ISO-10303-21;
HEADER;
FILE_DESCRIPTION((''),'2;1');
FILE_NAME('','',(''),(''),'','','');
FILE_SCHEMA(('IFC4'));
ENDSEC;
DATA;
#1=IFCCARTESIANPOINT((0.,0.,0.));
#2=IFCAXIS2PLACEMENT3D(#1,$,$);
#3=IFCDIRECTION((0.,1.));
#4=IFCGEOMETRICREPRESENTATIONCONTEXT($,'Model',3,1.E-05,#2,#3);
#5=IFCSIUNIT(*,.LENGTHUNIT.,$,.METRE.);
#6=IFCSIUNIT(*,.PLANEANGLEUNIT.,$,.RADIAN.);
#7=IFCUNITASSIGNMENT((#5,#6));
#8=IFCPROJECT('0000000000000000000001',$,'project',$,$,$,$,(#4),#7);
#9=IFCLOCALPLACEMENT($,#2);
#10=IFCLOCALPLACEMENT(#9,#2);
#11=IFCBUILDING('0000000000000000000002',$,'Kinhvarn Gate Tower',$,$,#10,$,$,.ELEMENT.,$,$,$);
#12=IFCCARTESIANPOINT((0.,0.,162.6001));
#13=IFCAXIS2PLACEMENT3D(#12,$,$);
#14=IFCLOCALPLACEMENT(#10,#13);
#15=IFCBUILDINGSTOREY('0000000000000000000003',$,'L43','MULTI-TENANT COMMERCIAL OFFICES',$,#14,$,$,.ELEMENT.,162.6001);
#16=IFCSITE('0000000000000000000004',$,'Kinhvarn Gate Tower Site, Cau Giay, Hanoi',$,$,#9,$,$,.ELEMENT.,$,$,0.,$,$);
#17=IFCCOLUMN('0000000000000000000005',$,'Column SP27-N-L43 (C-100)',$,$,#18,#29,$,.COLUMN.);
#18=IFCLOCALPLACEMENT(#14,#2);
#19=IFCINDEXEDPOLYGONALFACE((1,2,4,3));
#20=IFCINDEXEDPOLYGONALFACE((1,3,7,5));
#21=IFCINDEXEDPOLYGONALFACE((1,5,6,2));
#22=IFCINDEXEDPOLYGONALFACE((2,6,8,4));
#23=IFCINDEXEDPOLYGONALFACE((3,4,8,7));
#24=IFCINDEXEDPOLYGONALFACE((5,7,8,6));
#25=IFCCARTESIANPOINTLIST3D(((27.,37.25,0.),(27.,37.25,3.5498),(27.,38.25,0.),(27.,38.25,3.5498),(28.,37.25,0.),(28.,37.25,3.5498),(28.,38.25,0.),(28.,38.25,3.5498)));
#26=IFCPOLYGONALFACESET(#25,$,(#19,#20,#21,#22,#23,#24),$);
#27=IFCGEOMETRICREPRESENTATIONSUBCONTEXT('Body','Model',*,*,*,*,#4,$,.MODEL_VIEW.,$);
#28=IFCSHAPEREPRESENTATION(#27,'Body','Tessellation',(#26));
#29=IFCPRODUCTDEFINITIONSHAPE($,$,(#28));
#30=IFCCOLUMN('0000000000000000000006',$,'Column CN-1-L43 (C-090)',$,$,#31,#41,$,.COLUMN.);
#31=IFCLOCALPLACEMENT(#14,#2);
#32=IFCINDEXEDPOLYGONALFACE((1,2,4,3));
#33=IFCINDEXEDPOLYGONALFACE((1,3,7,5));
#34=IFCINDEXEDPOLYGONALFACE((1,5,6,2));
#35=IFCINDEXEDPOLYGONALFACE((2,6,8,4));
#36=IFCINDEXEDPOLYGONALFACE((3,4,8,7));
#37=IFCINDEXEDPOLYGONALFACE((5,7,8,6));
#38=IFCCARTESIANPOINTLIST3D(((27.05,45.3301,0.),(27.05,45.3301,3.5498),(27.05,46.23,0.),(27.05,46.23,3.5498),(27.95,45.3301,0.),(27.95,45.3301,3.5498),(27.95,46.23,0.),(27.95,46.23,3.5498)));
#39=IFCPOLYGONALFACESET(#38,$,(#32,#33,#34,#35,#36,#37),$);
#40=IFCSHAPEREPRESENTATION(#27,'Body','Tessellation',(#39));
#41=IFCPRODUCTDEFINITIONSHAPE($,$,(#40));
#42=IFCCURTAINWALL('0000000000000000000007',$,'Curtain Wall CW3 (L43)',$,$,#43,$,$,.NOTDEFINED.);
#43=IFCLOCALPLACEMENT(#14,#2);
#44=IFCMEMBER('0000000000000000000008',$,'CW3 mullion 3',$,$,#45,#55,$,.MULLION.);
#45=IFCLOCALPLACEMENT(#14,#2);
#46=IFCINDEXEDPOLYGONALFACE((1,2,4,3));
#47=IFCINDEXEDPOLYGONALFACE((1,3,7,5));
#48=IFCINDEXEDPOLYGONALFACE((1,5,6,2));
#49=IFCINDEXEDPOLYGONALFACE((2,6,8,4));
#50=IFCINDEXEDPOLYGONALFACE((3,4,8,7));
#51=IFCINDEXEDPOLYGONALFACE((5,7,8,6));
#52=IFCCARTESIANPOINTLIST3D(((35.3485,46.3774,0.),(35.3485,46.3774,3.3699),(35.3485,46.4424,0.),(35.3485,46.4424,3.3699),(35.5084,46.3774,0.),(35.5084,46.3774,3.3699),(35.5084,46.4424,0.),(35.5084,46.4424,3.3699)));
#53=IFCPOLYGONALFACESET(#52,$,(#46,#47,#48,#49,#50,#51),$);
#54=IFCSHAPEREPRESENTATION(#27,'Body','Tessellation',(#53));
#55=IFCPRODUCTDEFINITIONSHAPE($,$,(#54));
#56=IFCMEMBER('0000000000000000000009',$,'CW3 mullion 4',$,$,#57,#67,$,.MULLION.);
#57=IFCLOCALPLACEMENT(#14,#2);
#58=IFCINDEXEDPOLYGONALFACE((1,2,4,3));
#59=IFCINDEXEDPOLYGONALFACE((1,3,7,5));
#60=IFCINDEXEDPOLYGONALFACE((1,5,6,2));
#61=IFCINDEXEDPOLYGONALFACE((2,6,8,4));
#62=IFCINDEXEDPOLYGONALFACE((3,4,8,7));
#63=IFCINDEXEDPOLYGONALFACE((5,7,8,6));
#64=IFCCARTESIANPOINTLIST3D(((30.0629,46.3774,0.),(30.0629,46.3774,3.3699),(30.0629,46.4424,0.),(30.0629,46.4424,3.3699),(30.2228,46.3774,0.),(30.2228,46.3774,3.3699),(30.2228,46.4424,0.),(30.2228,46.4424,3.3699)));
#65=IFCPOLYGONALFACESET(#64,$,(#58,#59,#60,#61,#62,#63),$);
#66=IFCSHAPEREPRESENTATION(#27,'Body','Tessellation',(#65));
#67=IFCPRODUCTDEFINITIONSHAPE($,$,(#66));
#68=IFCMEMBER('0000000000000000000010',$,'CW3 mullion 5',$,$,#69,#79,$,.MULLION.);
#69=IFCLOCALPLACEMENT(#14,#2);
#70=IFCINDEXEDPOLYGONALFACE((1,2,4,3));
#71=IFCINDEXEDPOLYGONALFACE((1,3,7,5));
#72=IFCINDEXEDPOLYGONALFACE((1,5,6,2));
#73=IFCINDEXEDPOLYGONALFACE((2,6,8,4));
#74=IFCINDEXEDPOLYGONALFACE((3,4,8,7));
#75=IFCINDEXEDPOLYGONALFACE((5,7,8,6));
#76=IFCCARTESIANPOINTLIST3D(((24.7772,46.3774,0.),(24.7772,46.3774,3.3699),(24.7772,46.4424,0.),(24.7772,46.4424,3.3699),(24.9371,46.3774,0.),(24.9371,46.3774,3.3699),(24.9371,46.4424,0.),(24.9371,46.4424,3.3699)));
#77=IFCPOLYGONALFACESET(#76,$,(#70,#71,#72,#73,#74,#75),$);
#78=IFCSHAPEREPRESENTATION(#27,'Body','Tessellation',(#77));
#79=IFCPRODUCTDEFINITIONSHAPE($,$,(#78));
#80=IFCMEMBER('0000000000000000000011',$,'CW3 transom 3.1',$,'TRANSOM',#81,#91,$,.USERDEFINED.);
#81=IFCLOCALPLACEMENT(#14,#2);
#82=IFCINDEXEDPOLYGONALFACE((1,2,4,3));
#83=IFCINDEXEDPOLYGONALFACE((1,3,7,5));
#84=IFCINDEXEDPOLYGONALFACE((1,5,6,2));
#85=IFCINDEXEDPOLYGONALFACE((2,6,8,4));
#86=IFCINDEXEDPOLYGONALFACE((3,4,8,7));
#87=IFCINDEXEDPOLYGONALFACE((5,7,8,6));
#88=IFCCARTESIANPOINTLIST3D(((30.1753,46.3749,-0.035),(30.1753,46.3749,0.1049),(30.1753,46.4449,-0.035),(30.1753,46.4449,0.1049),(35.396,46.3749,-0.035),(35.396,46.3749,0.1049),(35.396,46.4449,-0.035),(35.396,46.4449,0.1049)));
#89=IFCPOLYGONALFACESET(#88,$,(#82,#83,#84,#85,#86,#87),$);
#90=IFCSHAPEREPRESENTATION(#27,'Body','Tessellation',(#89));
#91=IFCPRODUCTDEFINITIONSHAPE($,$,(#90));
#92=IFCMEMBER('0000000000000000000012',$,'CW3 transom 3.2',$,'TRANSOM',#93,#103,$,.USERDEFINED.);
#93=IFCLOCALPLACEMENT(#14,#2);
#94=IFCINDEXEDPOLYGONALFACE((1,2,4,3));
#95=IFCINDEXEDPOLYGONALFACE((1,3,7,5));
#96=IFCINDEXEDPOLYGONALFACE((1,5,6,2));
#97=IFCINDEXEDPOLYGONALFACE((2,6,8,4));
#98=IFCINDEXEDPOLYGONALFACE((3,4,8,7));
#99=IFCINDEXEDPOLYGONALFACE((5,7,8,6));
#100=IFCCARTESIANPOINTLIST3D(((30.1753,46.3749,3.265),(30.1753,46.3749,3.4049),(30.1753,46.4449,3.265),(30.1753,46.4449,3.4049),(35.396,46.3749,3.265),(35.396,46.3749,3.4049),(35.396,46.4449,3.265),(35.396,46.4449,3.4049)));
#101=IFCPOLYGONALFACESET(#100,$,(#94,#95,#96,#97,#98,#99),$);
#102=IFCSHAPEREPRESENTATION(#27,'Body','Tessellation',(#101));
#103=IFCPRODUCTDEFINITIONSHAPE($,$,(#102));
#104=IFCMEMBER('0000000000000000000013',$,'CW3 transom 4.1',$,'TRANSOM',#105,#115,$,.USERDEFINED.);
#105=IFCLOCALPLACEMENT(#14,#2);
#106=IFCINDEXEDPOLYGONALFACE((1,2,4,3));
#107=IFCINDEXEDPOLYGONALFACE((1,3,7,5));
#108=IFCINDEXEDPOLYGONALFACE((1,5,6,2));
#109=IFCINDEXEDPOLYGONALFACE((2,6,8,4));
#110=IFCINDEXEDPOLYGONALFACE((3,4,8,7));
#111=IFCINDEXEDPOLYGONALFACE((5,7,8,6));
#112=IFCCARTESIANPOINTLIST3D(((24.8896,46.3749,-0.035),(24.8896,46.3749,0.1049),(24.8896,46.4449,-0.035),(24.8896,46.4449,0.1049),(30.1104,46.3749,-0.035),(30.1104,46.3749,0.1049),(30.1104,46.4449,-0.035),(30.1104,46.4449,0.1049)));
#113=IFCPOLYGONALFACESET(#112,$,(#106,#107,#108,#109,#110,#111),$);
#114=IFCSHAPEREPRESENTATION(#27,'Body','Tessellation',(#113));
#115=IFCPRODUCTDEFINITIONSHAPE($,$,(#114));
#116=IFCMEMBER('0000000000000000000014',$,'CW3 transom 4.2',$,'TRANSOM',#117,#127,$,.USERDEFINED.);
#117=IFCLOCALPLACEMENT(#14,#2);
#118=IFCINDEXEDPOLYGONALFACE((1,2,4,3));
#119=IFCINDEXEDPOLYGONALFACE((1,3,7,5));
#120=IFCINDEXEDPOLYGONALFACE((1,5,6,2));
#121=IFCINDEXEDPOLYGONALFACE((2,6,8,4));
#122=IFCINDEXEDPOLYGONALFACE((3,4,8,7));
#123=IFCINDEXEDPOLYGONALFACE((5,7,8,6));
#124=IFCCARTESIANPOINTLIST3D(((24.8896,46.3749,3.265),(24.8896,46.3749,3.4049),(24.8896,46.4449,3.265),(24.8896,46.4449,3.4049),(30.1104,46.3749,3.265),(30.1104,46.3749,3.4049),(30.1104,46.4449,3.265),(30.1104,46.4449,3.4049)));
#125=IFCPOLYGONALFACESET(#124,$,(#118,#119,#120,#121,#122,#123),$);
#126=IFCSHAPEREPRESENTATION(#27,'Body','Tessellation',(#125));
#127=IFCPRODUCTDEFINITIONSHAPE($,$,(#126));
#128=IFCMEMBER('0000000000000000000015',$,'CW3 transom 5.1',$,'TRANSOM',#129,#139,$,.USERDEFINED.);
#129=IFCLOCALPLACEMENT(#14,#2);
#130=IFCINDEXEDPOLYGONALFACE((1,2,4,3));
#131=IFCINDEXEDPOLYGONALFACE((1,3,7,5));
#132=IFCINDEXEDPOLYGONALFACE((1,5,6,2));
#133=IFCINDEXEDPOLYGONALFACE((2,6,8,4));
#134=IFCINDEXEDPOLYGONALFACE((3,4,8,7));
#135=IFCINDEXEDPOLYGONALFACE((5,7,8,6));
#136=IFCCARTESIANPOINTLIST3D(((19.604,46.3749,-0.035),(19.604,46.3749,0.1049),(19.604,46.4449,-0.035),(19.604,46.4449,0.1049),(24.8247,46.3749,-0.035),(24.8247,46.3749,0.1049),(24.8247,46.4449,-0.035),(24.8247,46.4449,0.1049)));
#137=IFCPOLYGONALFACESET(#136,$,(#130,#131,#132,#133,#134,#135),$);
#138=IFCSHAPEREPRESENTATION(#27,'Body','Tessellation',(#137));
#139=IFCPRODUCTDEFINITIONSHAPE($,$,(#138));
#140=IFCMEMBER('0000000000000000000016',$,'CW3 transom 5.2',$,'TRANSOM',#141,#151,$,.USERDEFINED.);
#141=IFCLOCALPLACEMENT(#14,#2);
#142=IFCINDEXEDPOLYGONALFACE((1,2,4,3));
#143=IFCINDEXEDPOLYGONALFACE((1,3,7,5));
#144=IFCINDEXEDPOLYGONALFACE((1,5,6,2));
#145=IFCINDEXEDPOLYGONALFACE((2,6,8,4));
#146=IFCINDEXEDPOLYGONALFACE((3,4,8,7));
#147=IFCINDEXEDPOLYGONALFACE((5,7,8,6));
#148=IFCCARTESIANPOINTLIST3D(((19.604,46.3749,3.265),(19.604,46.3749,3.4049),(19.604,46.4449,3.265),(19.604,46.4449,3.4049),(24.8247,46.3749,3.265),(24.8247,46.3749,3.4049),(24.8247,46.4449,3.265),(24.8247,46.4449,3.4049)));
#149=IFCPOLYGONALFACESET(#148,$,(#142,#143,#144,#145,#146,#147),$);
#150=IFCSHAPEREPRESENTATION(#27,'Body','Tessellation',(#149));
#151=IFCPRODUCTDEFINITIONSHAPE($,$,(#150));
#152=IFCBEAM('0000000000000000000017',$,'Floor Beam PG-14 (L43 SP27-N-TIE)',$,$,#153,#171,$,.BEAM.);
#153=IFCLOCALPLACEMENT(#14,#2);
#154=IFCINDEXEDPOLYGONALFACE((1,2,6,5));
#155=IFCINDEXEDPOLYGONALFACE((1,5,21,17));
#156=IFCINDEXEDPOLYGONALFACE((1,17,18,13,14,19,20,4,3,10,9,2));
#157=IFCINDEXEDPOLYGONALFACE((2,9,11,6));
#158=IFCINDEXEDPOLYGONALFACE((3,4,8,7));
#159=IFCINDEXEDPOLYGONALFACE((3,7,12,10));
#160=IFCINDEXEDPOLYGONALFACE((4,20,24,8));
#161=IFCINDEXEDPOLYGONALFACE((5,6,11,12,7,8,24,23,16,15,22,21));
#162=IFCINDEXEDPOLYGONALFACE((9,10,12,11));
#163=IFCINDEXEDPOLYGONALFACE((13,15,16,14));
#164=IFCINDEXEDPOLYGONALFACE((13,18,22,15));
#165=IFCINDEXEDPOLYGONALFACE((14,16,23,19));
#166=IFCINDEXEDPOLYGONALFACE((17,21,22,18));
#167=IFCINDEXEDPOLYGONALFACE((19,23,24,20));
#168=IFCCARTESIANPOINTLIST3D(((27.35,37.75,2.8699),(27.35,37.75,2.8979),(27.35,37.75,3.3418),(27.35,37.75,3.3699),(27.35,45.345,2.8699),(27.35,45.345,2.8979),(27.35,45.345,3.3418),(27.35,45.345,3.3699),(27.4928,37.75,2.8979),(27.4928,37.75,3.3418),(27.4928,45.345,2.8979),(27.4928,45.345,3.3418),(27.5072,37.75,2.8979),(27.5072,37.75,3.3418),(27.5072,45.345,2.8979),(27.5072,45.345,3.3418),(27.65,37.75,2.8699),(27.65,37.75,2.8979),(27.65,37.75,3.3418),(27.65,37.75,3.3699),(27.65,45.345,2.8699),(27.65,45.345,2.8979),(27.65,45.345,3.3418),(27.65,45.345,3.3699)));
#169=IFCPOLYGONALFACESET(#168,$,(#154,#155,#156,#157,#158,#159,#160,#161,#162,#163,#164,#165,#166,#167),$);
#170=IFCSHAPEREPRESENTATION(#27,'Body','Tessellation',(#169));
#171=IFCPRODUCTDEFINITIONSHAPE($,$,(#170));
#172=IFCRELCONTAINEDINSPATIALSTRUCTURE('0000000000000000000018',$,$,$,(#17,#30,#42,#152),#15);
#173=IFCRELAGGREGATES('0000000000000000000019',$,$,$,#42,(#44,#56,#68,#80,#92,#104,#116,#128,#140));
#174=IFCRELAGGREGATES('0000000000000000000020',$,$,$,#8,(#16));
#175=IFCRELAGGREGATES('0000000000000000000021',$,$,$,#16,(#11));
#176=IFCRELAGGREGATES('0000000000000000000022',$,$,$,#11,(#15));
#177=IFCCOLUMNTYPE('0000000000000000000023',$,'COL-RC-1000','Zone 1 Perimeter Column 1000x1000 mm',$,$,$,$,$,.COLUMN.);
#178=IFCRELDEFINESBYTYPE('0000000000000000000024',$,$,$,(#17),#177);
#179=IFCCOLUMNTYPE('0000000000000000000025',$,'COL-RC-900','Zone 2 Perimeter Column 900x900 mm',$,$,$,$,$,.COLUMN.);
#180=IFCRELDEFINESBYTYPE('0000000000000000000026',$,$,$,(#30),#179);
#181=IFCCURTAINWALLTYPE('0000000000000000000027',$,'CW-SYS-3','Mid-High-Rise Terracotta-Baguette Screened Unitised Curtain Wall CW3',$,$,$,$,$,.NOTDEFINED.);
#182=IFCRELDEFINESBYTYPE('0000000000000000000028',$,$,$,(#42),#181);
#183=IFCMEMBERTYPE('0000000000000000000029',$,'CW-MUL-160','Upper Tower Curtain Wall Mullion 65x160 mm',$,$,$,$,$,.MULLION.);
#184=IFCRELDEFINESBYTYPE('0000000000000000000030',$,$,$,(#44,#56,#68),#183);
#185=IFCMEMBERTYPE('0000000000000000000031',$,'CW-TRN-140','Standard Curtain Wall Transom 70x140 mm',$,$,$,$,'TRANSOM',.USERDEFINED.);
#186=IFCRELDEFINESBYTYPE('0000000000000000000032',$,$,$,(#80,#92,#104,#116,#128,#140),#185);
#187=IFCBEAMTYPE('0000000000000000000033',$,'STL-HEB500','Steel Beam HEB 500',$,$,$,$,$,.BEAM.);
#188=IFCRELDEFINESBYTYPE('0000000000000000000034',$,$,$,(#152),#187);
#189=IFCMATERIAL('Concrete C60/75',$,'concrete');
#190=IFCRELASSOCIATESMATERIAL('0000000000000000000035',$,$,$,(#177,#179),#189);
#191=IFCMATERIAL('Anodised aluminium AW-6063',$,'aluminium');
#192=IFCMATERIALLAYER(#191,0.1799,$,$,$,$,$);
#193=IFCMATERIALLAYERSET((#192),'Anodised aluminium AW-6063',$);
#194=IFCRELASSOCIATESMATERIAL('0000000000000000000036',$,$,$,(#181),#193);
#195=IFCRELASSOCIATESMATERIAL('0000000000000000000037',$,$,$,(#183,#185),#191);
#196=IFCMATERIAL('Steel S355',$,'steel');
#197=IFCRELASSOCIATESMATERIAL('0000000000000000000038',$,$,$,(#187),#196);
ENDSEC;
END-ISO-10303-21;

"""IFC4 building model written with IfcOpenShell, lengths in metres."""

from ifc_helpers import new_model, si_unit, direction, frame, origin, origin_2d, place, context, subcontext, project, spatial, rectangle, i_section, extrude, material, layer, layer_set, material_profile, profile_set, type_object, element, aggregate, save


model = new_model("IFC4")

# Units and contexts
model_context = context("Model", 3, precision=1e-05, world=origin(), true_north=direction((0.0, 1.0)))
body_context = subcontext(model_context, "Body", "Model", "MODEL_VIEW")
ifc_project = project(units=[si_unit("LENGTHUNIT", "METRE"), si_unit("PLANEANGLEUNIT", "RADIAN")], contexts=[model_context])

# Site, building, storey
site_placement = place(None, origin())
site = spatial("IfcSite", under=ifc_project, at=site_placement, Name="Kinhvarn Gate Tower Site, Cau Giay, Hanoi", CompositionType="ELEMENT", RefElevation=0.0)
building_placement = place(site_placement, origin())
building = spatial("IfcBuilding", under=site, at=building_placement, Name="Kinhvarn Gate Tower", CompositionType="ELEMENT")
storey_placement = place(building_placement, frame((0.0, 0.0, 162.6001)))
storey = spatial("IfcBuildingStorey", under=building, at=storey_placement, Name="L43", Description="MULTI-TENANT COMMERCIAL OFFICES", CompositionType="ELEMENT", Elevation=162.6001)

# Columns
ifc_material_1 = material(Name="Concrete C60/75", Category="concrete")
ifc_material_profile_1 = material_profile(ifc_material_1, rectangle(XDim=1.0, YDim=1.0, at=origin_2d()), Name="RC 1000x1000")
ifc_profile_set_1 = profile_set([ifc_material_profile_1], Name="Concrete C60/75")
column_type_1 = type_object("IfcColumnType", Name="COL-RC-1000", Description="Zone 1 Perimeter Column 1000x1000 mm", PredefinedType="COLUMN", material=ifc_profile_set_1)
column_1_placement = place(storey_placement, frame((27.5, 37.75, 0.0), z_axis=(0.0, 0.0, 1.0), x_axis=(1.0, 0.0, 0.0)))
element("IfcColumn", 1, at=column_1_placement, inside=storey, type_object=column_type_1, Name="Column SP27-N-L43 (C-100)", PredefinedType="COLUMN", context=body_context, shape_type="SweptSolid", body=[
    extrude(rectangle(XDim=1.0, YDim=1.0, at=origin_2d()), origin(), (0.0, 0.0, 1.0), 3.5498),
])
ifc_material_profile_2 = material_profile(ifc_material_1, rectangle(XDim=0.8999, YDim=0.8999, at=origin_2d()), Name="RC 900x900")
ifc_profile_set_2 = profile_set([ifc_material_profile_2], Name="Concrete C60/75")
column_type_2 = type_object("IfcColumnType", Name="COL-RC-900", Description="Zone 2 Perimeter Column 900x900 mm", PredefinedType="COLUMN", material=ifc_profile_set_2)
column_2_placement = place(storey_placement, frame((27.5, 45.78, 0.0), z_axis=(0.0, 0.0, 1.0), x_axis=(1.0, 0.0, 0.0)))
element("IfcColumn", 2, at=column_2_placement, inside=storey, type_object=column_type_2, Name="Column CN-1-L43 (C-090)", PredefinedType="COLUMN", context=body_context, shape_type="SweptSolid", body=[
    extrude(rectangle(XDim=0.8999, YDim=0.8999, at=origin_2d()), origin(), (0.0, 0.0, 1.0), 3.5498),
])

# Curtain wall, members
ifc_material_2 = material(Name="Anodised aluminium AW-6063", Category="aluminium")
ifc_layer_1 = layer(ifc_material_2, 0.1799)
ifc_layer_set_1 = layer_set([ifc_layer_1], Name="Anodised aluminium AW-6063")
curtain_wall_type = type_object("IfcCurtainWallType", Name="CW-SYS-3", Description="Mid-High-Rise Terracotta-Baguette Screened Unitised Curtain Wall CW3", PredefinedType="NOTDEFINED", material=ifc_layer_set_1)
curtain_wall_placement = place(storey_placement, origin())
curtain_wall = element("IfcCurtainWall", 3, at=curtain_wall_placement, inside=storey, type_object=curtain_wall_type, Name="Curtain Wall CW3 (L43)", PredefinedType="NOTDEFINED")
ifc_material_profile_3 = material_profile(ifc_material_2, rectangle(XDim=0.0649, YDim=0.1599, at=origin_2d()), Name="ALU 65x160")
ifc_profile_set_3 = profile_set([ifc_material_profile_3], Name="Anodised aluminium AW-6063")
member_type_1 = type_object("IfcMemberType", Name="CW-MUL-160", Description="Upper Tower Curtain Wall Mullion 65x160 mm", PredefinedType="MULLION", material=ifc_profile_set_3)
member_1_placement = place(storey_placement, frame((35.4285, 46.4099, 0.0), z_axis=(0.0, 0.0, 1.0), x_axis=(0.0, -1.0, 0.0)))
member_1 = element("IfcMember", 4, at=member_1_placement, type_object=member_type_1, Name="CW3 mullion 3", PredefinedType="MULLION", context=body_context, shape_type="SweptSolid", body=[
    extrude(rectangle(XDim=0.0649, YDim=0.1599, at=origin_2d()), origin(), (0.0, 0.0, 1.0), 3.3699),
])
member_2_placement = place(storey_placement, frame((30.1428, 46.4099, 0.0), z_axis=(0.0, 0.0, 1.0), x_axis=(0.0, -1.0, 0.0)))
member_2 = element("IfcMember", 5, at=member_2_placement, type_object=member_type_1, Name="CW3 mullion 4", PredefinedType="MULLION", context=body_context, shape_type="SweptSolid", body=[
    extrude(rectangle(XDim=0.0649, YDim=0.1599, at=origin_2d()), origin(), (0.0, 0.0, 1.0), 3.3699),
])
member_3_placement = place(storey_placement, frame((24.8572, 46.4099, 0.0), z_axis=(0.0, 0.0, 1.0), x_axis=(0.0, -1.0, 0.0)))
member_3 = element("IfcMember", 6, at=member_3_placement, type_object=member_type_1, Name="CW3 mullion 5", PredefinedType="MULLION", context=body_context, shape_type="SweptSolid", body=[
    extrude(rectangle(XDim=0.0649, YDim=0.1599, at=origin_2d()), origin(), (0.0, 0.0, 1.0), 3.3699),
])
ifc_material_profile_4 = material_profile(ifc_material_2, rectangle(XDim=0.0701, YDim=0.1399, at=origin_2d()), Name="ALU 70x140")
ifc_profile_set_4 = profile_set([ifc_material_profile_4], Name="Anodised aluminium AW-6063")
member_type_2 = type_object("IfcMemberType", Name="CW-TRN-140", Description="Standard Curtain Wall Transom 70x140 mm", ElementType="TRANSOM", PredefinedType="USERDEFINED", material=ifc_profile_set_4)
member_4_placement = place(storey_placement, frame((35.396, 46.4099, 0.0349), z_axis=(-1.0, 0.0, 0.0), x_axis=(0.0, -1.0, 0.0)))
member_4 = element("IfcMember", 7, at=member_4_placement, type_object=member_type_2, Name="CW3 transom 3.1", ObjectType="TRANSOM", PredefinedType="USERDEFINED", context=body_context, shape_type="SweptSolid", body=[
    extrude(rectangle(XDim=0.0701, YDim=0.1399, at=origin_2d()), origin(), (0.0, 0.0, 1.0), 5.2207),
])
member_5_placement = place(storey_placement, frame((35.396, 46.4099, 3.335), z_axis=(-1.0, 0.0, 0.0), x_axis=(0.0, -1.0, 0.0)))
member_5 = element("IfcMember", 8, at=member_5_placement, type_object=member_type_2, Name="CW3 transom 3.2", ObjectType="TRANSOM", PredefinedType="USERDEFINED", context=body_context, shape_type="SweptSolid", body=[
    extrude(rectangle(XDim=0.0701, YDim=0.1399, at=origin_2d()), origin(), (0.0, 0.0, 1.0), 5.2207),
])
member_6_placement = place(storey_placement, frame((30.1104, 46.4099, 0.0349), z_axis=(-1.0, 0.0, 0.0), x_axis=(0.0, -1.0, 0.0)))
member_6 = element("IfcMember", 9, at=member_6_placement, type_object=member_type_2, Name="CW3 transom 4.1", ObjectType="TRANSOM", PredefinedType="USERDEFINED", context=body_context, shape_type="SweptSolid", body=[
    extrude(rectangle(XDim=0.0701, YDim=0.1399, at=origin_2d()), origin(), (0.0, 0.0, 1.0), 5.2207),
])
member_7_placement = place(storey_placement, frame((30.1104, 46.4099, 3.335), z_axis=(-1.0, 0.0, 0.0), x_axis=(0.0, -1.0, 0.0)))
member_7 = element("IfcMember", 10, at=member_7_placement, type_object=member_type_2, Name="CW3 transom 4.2", ObjectType="TRANSOM", PredefinedType="USERDEFINED", context=body_context, shape_type="SweptSolid", body=[
    extrude(rectangle(XDim=0.0701, YDim=0.1399, at=origin_2d()), origin(), (0.0, 0.0, 1.0), 5.2207),
])
member_8_placement = place(storey_placement, frame((24.8247, 46.4099, 0.0349), z_axis=(-1.0, 0.0, 0.0), x_axis=(0.0, -1.0, 0.0)))
member_8 = element("IfcMember", 11, at=member_8_placement, type_object=member_type_2, Name="CW3 transom 5.1", ObjectType="TRANSOM", PredefinedType="USERDEFINED", context=body_context, shape_type="SweptSolid", body=[
    extrude(rectangle(XDim=0.0701, YDim=0.1399, at=origin_2d()), origin(), (0.0, 0.0, 1.0), 5.2207),
])
member_9_placement = place(storey_placement, frame((24.8247, 46.4099, 3.335), z_axis=(-1.0, 0.0, 0.0), x_axis=(0.0, -1.0, 0.0)))
member_9 = element("IfcMember", 12, at=member_9_placement, type_object=member_type_2, Name="CW3 transom 5.2", ObjectType="TRANSOM", PredefinedType="USERDEFINED", context=body_context, shape_type="SweptSolid", body=[
    extrude(rectangle(XDim=0.0701, YDim=0.1399, at=origin_2d()), origin(), (0.0, 0.0, 1.0), 5.2207),
])

# Beam
ifc_material_3 = material(Name="Steel S355", Category="steel")
ifc_material_profile_5 = material_profile(ifc_material_3, i_section(OverallWidth=0.3, OverallDepth=0.5, WebThickness=0.0144, FlangeThickness=0.0281, at=origin_2d()), Name="HEB 500")
ifc_profile_set_5 = profile_set([ifc_material_profile_5], Name="Steel S355")
beam_type_1 = type_object("IfcBeamType", Name="STL-HEB500", Description="Steel Beam HEB 500", PredefinedType="BEAM", material=ifc_profile_set_5)
beam_1_placement = place(storey_placement, frame((27.5, 37.75, 3.1199), z_axis=(0.0, 1.0, 0.0), x_axis=(-1.0, 0.0, 0.0)))
element("IfcBeam", 13, at=beam_1_placement, inside=storey, type_object=beam_type_1, Name="Floor Beam PG-14 (L43 SP27-N-TIE)", PredefinedType="BEAM", context=body_context, shape_type="SweptSolid", body=[
    extrude(i_section(OverallWidth=0.3, OverallDepth=0.5, WebThickness=0.0144, FlangeThickness=0.0281, at=origin_2d()), origin(), (0.0, 0.0, 1.0), 7.595),
])

aggregate(curtain_wall, [member_1, member_2, member_3, member_4, member_5, member_6, member_7, member_8, member_9])

save(model, "model.ifc")
